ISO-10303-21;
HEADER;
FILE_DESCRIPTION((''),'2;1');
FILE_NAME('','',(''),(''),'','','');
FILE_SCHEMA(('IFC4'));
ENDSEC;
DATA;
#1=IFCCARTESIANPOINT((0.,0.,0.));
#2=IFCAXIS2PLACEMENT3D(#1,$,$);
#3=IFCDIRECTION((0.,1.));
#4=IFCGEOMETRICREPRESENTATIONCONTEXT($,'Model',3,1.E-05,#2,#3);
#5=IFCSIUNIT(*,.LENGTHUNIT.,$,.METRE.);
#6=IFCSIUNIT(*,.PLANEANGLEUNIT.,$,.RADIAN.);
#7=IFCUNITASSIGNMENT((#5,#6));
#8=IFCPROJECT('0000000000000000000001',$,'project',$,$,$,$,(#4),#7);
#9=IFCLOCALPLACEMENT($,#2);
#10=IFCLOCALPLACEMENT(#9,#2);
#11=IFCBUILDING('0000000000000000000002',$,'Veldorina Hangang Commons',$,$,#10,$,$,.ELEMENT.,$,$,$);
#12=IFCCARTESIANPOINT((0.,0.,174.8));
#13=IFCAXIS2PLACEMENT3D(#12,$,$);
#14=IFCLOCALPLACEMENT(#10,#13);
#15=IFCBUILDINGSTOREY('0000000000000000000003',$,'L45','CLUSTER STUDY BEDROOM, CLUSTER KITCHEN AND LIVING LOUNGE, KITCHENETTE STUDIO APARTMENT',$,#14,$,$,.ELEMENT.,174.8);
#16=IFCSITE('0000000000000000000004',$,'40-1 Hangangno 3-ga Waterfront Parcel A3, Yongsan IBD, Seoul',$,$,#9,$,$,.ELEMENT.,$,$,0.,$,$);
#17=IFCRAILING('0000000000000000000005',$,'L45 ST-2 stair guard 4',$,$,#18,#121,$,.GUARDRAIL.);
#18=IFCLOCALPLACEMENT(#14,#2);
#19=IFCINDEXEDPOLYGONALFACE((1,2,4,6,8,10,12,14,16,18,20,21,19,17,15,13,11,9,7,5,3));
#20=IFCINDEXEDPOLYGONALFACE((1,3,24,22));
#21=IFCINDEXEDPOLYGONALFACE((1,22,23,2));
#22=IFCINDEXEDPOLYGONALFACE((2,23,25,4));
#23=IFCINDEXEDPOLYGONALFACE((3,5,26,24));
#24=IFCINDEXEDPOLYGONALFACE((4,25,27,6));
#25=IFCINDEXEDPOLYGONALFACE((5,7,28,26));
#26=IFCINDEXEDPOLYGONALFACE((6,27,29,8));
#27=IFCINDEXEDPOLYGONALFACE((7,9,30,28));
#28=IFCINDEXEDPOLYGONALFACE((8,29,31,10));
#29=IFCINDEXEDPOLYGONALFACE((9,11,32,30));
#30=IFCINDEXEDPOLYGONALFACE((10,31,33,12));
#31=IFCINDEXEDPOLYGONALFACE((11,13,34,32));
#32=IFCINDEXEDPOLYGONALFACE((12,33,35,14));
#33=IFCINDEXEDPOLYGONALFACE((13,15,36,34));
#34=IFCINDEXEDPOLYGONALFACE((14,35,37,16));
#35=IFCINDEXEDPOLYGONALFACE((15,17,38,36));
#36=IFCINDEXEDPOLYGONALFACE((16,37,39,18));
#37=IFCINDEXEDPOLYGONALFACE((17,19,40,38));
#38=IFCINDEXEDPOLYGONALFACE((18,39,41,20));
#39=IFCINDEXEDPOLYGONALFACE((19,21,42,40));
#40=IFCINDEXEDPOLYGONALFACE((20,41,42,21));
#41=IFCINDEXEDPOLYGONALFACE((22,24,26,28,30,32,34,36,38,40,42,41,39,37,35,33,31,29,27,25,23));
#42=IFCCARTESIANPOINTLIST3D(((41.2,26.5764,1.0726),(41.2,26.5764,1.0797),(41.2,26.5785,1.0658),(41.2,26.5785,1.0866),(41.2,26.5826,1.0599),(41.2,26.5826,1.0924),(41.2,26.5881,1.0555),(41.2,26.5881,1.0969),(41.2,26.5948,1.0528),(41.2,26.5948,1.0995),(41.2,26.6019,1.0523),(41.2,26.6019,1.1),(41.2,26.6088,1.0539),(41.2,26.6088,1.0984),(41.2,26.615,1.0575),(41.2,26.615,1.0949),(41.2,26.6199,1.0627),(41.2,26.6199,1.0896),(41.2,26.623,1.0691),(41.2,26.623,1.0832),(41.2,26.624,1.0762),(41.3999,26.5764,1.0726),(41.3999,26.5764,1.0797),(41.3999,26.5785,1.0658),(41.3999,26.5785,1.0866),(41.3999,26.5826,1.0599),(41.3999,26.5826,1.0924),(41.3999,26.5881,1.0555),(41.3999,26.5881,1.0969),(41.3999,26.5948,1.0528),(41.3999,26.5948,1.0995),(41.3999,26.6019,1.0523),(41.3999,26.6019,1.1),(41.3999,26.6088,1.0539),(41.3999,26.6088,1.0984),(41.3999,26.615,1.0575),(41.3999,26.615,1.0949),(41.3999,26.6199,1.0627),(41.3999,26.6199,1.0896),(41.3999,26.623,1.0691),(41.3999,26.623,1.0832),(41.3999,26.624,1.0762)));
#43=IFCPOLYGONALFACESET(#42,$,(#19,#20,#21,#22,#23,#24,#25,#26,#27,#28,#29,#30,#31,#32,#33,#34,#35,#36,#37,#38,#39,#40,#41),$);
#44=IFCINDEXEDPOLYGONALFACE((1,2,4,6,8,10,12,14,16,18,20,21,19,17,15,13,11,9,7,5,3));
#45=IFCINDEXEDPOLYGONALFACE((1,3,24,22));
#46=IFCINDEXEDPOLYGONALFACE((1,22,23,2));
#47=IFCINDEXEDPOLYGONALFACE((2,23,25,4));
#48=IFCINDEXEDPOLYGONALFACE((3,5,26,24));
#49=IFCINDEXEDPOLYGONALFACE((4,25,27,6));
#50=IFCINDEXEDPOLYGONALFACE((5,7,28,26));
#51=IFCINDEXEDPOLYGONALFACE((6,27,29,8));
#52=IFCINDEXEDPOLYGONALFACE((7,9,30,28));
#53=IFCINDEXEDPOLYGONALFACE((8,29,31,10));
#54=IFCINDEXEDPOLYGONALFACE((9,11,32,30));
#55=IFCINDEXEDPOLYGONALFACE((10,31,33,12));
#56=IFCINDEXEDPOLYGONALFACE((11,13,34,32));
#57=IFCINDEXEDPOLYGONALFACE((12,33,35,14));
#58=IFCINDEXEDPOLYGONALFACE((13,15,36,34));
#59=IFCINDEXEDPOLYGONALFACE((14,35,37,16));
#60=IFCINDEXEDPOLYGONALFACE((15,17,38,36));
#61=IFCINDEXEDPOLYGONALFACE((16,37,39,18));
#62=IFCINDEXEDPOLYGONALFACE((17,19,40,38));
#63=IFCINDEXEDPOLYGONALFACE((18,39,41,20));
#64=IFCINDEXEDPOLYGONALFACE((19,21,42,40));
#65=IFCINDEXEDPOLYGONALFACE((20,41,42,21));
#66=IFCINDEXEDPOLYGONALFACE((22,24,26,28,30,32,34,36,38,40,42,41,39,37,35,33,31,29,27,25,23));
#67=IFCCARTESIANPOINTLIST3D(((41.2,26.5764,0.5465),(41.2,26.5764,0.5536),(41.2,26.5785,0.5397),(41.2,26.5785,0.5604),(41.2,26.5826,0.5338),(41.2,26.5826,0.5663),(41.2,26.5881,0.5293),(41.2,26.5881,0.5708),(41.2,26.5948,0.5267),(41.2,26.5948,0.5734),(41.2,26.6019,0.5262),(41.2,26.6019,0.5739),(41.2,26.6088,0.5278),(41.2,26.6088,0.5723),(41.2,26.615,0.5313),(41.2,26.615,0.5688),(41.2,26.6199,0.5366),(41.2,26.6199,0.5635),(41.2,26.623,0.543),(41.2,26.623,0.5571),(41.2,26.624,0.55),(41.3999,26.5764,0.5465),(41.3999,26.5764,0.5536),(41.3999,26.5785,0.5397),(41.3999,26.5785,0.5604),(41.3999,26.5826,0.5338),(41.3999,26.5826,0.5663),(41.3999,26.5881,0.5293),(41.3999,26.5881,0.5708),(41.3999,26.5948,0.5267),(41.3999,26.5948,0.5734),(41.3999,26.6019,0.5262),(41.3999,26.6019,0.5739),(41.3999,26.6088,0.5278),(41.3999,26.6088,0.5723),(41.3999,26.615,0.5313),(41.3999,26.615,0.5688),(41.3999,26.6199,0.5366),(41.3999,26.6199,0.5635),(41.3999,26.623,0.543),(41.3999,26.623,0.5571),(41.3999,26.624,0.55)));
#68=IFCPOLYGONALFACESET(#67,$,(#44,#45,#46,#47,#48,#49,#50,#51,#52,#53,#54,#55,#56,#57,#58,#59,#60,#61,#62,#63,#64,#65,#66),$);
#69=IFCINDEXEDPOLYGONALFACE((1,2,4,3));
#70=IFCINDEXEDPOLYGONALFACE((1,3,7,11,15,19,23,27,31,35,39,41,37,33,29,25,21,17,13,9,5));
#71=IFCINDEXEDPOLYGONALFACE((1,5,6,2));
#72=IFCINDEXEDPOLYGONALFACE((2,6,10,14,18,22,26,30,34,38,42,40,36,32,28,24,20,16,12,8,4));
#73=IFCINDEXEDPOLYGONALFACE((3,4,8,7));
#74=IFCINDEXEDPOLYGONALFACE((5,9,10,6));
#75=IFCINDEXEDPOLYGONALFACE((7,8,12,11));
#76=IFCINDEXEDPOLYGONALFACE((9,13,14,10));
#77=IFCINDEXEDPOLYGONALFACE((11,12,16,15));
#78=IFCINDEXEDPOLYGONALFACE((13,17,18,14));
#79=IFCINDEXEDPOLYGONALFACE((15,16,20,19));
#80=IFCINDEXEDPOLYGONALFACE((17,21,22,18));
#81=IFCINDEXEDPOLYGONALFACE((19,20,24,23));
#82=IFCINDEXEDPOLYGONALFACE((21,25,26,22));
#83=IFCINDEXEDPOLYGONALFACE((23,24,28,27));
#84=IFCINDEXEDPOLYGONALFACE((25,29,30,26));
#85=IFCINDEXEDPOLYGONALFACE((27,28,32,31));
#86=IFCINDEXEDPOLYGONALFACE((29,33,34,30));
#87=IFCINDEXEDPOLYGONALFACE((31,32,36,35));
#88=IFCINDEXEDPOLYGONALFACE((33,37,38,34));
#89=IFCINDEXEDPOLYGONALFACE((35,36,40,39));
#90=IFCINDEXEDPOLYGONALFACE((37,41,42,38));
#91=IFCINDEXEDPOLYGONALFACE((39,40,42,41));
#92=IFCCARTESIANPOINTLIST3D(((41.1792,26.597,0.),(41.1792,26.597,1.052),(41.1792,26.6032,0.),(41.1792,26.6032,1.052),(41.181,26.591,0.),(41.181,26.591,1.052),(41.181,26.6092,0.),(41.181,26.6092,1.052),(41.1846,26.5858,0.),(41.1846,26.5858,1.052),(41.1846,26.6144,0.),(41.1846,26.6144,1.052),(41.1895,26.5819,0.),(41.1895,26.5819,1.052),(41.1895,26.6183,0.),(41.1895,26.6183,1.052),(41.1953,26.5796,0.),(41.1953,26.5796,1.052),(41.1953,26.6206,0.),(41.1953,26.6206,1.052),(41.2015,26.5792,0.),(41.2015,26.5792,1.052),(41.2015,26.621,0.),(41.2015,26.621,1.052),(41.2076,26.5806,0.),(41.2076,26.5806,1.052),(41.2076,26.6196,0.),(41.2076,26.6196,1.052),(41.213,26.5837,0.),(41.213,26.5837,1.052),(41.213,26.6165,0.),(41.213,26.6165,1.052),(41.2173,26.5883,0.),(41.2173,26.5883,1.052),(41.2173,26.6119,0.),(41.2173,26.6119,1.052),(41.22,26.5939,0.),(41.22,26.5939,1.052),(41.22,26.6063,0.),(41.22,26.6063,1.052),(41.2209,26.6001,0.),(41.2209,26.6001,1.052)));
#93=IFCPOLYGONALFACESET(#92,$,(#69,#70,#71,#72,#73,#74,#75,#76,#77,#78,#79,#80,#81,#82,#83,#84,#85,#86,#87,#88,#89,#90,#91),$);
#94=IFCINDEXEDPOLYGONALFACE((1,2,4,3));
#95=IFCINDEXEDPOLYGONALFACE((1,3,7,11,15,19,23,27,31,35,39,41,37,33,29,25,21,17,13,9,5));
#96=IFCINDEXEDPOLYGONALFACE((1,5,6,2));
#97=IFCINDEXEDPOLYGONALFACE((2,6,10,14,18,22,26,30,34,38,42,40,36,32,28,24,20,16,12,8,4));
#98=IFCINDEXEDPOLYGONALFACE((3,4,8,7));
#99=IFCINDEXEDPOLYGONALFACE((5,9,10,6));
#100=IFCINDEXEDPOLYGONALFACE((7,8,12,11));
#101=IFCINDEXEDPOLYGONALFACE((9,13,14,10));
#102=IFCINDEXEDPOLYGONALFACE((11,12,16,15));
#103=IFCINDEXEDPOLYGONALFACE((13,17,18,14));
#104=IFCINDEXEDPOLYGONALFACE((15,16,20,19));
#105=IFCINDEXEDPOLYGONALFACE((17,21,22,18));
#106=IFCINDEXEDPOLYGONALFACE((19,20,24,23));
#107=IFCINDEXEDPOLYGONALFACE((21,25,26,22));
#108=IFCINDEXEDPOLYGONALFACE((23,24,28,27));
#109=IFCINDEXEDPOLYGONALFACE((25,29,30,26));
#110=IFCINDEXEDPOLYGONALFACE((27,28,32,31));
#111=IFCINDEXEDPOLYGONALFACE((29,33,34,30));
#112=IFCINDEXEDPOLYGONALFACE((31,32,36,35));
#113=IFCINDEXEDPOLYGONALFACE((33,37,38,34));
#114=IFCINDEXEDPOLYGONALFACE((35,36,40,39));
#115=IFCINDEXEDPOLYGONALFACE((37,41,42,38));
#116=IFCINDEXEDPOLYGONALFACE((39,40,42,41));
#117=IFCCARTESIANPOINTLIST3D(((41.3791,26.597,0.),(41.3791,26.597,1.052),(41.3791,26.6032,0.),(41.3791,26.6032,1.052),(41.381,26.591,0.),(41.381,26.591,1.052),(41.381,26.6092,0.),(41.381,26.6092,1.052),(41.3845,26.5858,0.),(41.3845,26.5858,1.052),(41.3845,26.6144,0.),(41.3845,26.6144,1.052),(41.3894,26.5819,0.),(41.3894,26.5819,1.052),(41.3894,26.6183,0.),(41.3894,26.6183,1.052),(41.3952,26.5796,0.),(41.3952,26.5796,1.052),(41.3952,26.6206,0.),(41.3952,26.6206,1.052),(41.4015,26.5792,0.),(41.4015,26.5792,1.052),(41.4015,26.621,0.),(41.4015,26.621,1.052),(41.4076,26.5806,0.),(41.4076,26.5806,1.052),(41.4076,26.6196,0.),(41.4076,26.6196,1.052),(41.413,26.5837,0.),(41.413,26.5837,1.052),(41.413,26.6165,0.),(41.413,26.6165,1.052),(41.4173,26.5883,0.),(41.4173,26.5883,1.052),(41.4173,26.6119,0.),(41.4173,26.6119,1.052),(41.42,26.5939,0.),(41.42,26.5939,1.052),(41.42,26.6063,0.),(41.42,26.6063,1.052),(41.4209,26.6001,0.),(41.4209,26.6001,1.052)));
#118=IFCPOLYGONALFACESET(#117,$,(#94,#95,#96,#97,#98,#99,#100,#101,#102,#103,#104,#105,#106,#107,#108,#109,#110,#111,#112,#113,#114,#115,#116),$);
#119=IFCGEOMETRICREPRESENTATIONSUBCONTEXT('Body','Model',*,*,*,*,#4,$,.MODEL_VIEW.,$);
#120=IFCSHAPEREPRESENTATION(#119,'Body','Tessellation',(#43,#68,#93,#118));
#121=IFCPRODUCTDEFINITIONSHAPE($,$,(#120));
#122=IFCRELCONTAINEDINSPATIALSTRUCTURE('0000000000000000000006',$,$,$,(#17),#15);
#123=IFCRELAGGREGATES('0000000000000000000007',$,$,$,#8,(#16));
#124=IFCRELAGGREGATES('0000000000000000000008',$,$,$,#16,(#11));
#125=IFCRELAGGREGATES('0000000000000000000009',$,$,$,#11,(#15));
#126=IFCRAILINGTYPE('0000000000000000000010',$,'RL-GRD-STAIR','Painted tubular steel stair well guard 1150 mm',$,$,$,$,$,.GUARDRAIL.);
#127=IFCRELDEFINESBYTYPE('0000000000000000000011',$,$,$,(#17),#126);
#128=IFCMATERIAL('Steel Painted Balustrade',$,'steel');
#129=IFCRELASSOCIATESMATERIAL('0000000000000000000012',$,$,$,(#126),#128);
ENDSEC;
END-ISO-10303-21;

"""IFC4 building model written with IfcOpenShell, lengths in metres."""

from ifc_helpers import new_model, si_unit, direction, frame, origin, origin_2d, place, context, subcontext, project, spatial, circle, extrude, material, type_object, element, save


model = new_model("IFC4")

# Units and contexts
model_context = context("Model", 3, precision=1e-05, world=origin(), true_north=direction((0.0, 1.0)))
body_context = subcontext(model_context, "Body", "Model", "MODEL_VIEW")
ifc_project = project(units=[si_unit("LENGTHUNIT", "METRE"), si_unit("PLANEANGLEUNIT", "RADIAN")], contexts=[model_context])

# Site, building, storey
site_placement = place(None, origin())
site = spatial("IfcSite", under=ifc_project, at=site_placement, Name="40-1 Hangangno 3-ga Waterfront Parcel A3, Yongsan IBD, Seoul", CompositionType="ELEMENT", RefElevation=0.0)
building_placement = place(site_placement, origin())
building = spatial("IfcBuilding", under=site, at=building_placement, Name="Veldorina Hangang Commons", CompositionType="ELEMENT")
storey_placement = place(building_placement, frame((0.0, 0.0, 174.8)))
storey = spatial("IfcBuildingStorey", under=building, at=storey_placement, Name="L45", Description="CLUSTER STUDY BEDROOM, CLUSTER KITCHEN AND LIVING LOUNGE, KITCHENETTE STUDIO APARTMENT", CompositionType="ELEMENT", Elevation=174.8)

# Railing
ifc_material_1 = material(Name="Steel Painted Balustrade", Category="steel")
railing_type_1 = type_object("IfcRailingType", Name="RL-GRD-STAIR", Description="Painted tubular steel stair well guard 1150 mm", PredefinedType="GUARDRAIL", material=ifc_material_1)
railing_1_placement = place(storey_placement, frame((41.2, 26.6001, 0.0)))
element("IfcRailing", 1, at=railing_1_placement, inside=storey, type_object=railing_type_1, Name="L45 ST-2 stair guard 4", PredefinedType="GUARDRAIL", context=body_context, shape_type="SweptSolid", body=[
    extrude(circle(Radius=0.0239, at=origin_2d()), frame((0.0, 0.0, 1.0762), z_axis=(1.0, 0.0, 0.0), x_axis=(0.0, 1.0, 0.0)), (0.0, 0.0, 1.0), 0.2),
    extrude(circle(Radius=0.0239, at=origin_2d()), frame((0.0, 0.0, 0.55), z_axis=(1.0, 0.0, 0.0), x_axis=(0.0, 1.0, 0.0)), (0.0, 0.0, 1.0), 0.2),
    extrude(circle(Radius=0.021, at=origin_2d()), origin(), (0.0, 0.0, 1.0), 1.052),
    extrude(circle(Radius=0.021, at=origin_2d()), frame((0.2, 0.0, 0.0)), (0.0, 0.0, 1.0), 1.052),
])

save(model, "model.ifc")
